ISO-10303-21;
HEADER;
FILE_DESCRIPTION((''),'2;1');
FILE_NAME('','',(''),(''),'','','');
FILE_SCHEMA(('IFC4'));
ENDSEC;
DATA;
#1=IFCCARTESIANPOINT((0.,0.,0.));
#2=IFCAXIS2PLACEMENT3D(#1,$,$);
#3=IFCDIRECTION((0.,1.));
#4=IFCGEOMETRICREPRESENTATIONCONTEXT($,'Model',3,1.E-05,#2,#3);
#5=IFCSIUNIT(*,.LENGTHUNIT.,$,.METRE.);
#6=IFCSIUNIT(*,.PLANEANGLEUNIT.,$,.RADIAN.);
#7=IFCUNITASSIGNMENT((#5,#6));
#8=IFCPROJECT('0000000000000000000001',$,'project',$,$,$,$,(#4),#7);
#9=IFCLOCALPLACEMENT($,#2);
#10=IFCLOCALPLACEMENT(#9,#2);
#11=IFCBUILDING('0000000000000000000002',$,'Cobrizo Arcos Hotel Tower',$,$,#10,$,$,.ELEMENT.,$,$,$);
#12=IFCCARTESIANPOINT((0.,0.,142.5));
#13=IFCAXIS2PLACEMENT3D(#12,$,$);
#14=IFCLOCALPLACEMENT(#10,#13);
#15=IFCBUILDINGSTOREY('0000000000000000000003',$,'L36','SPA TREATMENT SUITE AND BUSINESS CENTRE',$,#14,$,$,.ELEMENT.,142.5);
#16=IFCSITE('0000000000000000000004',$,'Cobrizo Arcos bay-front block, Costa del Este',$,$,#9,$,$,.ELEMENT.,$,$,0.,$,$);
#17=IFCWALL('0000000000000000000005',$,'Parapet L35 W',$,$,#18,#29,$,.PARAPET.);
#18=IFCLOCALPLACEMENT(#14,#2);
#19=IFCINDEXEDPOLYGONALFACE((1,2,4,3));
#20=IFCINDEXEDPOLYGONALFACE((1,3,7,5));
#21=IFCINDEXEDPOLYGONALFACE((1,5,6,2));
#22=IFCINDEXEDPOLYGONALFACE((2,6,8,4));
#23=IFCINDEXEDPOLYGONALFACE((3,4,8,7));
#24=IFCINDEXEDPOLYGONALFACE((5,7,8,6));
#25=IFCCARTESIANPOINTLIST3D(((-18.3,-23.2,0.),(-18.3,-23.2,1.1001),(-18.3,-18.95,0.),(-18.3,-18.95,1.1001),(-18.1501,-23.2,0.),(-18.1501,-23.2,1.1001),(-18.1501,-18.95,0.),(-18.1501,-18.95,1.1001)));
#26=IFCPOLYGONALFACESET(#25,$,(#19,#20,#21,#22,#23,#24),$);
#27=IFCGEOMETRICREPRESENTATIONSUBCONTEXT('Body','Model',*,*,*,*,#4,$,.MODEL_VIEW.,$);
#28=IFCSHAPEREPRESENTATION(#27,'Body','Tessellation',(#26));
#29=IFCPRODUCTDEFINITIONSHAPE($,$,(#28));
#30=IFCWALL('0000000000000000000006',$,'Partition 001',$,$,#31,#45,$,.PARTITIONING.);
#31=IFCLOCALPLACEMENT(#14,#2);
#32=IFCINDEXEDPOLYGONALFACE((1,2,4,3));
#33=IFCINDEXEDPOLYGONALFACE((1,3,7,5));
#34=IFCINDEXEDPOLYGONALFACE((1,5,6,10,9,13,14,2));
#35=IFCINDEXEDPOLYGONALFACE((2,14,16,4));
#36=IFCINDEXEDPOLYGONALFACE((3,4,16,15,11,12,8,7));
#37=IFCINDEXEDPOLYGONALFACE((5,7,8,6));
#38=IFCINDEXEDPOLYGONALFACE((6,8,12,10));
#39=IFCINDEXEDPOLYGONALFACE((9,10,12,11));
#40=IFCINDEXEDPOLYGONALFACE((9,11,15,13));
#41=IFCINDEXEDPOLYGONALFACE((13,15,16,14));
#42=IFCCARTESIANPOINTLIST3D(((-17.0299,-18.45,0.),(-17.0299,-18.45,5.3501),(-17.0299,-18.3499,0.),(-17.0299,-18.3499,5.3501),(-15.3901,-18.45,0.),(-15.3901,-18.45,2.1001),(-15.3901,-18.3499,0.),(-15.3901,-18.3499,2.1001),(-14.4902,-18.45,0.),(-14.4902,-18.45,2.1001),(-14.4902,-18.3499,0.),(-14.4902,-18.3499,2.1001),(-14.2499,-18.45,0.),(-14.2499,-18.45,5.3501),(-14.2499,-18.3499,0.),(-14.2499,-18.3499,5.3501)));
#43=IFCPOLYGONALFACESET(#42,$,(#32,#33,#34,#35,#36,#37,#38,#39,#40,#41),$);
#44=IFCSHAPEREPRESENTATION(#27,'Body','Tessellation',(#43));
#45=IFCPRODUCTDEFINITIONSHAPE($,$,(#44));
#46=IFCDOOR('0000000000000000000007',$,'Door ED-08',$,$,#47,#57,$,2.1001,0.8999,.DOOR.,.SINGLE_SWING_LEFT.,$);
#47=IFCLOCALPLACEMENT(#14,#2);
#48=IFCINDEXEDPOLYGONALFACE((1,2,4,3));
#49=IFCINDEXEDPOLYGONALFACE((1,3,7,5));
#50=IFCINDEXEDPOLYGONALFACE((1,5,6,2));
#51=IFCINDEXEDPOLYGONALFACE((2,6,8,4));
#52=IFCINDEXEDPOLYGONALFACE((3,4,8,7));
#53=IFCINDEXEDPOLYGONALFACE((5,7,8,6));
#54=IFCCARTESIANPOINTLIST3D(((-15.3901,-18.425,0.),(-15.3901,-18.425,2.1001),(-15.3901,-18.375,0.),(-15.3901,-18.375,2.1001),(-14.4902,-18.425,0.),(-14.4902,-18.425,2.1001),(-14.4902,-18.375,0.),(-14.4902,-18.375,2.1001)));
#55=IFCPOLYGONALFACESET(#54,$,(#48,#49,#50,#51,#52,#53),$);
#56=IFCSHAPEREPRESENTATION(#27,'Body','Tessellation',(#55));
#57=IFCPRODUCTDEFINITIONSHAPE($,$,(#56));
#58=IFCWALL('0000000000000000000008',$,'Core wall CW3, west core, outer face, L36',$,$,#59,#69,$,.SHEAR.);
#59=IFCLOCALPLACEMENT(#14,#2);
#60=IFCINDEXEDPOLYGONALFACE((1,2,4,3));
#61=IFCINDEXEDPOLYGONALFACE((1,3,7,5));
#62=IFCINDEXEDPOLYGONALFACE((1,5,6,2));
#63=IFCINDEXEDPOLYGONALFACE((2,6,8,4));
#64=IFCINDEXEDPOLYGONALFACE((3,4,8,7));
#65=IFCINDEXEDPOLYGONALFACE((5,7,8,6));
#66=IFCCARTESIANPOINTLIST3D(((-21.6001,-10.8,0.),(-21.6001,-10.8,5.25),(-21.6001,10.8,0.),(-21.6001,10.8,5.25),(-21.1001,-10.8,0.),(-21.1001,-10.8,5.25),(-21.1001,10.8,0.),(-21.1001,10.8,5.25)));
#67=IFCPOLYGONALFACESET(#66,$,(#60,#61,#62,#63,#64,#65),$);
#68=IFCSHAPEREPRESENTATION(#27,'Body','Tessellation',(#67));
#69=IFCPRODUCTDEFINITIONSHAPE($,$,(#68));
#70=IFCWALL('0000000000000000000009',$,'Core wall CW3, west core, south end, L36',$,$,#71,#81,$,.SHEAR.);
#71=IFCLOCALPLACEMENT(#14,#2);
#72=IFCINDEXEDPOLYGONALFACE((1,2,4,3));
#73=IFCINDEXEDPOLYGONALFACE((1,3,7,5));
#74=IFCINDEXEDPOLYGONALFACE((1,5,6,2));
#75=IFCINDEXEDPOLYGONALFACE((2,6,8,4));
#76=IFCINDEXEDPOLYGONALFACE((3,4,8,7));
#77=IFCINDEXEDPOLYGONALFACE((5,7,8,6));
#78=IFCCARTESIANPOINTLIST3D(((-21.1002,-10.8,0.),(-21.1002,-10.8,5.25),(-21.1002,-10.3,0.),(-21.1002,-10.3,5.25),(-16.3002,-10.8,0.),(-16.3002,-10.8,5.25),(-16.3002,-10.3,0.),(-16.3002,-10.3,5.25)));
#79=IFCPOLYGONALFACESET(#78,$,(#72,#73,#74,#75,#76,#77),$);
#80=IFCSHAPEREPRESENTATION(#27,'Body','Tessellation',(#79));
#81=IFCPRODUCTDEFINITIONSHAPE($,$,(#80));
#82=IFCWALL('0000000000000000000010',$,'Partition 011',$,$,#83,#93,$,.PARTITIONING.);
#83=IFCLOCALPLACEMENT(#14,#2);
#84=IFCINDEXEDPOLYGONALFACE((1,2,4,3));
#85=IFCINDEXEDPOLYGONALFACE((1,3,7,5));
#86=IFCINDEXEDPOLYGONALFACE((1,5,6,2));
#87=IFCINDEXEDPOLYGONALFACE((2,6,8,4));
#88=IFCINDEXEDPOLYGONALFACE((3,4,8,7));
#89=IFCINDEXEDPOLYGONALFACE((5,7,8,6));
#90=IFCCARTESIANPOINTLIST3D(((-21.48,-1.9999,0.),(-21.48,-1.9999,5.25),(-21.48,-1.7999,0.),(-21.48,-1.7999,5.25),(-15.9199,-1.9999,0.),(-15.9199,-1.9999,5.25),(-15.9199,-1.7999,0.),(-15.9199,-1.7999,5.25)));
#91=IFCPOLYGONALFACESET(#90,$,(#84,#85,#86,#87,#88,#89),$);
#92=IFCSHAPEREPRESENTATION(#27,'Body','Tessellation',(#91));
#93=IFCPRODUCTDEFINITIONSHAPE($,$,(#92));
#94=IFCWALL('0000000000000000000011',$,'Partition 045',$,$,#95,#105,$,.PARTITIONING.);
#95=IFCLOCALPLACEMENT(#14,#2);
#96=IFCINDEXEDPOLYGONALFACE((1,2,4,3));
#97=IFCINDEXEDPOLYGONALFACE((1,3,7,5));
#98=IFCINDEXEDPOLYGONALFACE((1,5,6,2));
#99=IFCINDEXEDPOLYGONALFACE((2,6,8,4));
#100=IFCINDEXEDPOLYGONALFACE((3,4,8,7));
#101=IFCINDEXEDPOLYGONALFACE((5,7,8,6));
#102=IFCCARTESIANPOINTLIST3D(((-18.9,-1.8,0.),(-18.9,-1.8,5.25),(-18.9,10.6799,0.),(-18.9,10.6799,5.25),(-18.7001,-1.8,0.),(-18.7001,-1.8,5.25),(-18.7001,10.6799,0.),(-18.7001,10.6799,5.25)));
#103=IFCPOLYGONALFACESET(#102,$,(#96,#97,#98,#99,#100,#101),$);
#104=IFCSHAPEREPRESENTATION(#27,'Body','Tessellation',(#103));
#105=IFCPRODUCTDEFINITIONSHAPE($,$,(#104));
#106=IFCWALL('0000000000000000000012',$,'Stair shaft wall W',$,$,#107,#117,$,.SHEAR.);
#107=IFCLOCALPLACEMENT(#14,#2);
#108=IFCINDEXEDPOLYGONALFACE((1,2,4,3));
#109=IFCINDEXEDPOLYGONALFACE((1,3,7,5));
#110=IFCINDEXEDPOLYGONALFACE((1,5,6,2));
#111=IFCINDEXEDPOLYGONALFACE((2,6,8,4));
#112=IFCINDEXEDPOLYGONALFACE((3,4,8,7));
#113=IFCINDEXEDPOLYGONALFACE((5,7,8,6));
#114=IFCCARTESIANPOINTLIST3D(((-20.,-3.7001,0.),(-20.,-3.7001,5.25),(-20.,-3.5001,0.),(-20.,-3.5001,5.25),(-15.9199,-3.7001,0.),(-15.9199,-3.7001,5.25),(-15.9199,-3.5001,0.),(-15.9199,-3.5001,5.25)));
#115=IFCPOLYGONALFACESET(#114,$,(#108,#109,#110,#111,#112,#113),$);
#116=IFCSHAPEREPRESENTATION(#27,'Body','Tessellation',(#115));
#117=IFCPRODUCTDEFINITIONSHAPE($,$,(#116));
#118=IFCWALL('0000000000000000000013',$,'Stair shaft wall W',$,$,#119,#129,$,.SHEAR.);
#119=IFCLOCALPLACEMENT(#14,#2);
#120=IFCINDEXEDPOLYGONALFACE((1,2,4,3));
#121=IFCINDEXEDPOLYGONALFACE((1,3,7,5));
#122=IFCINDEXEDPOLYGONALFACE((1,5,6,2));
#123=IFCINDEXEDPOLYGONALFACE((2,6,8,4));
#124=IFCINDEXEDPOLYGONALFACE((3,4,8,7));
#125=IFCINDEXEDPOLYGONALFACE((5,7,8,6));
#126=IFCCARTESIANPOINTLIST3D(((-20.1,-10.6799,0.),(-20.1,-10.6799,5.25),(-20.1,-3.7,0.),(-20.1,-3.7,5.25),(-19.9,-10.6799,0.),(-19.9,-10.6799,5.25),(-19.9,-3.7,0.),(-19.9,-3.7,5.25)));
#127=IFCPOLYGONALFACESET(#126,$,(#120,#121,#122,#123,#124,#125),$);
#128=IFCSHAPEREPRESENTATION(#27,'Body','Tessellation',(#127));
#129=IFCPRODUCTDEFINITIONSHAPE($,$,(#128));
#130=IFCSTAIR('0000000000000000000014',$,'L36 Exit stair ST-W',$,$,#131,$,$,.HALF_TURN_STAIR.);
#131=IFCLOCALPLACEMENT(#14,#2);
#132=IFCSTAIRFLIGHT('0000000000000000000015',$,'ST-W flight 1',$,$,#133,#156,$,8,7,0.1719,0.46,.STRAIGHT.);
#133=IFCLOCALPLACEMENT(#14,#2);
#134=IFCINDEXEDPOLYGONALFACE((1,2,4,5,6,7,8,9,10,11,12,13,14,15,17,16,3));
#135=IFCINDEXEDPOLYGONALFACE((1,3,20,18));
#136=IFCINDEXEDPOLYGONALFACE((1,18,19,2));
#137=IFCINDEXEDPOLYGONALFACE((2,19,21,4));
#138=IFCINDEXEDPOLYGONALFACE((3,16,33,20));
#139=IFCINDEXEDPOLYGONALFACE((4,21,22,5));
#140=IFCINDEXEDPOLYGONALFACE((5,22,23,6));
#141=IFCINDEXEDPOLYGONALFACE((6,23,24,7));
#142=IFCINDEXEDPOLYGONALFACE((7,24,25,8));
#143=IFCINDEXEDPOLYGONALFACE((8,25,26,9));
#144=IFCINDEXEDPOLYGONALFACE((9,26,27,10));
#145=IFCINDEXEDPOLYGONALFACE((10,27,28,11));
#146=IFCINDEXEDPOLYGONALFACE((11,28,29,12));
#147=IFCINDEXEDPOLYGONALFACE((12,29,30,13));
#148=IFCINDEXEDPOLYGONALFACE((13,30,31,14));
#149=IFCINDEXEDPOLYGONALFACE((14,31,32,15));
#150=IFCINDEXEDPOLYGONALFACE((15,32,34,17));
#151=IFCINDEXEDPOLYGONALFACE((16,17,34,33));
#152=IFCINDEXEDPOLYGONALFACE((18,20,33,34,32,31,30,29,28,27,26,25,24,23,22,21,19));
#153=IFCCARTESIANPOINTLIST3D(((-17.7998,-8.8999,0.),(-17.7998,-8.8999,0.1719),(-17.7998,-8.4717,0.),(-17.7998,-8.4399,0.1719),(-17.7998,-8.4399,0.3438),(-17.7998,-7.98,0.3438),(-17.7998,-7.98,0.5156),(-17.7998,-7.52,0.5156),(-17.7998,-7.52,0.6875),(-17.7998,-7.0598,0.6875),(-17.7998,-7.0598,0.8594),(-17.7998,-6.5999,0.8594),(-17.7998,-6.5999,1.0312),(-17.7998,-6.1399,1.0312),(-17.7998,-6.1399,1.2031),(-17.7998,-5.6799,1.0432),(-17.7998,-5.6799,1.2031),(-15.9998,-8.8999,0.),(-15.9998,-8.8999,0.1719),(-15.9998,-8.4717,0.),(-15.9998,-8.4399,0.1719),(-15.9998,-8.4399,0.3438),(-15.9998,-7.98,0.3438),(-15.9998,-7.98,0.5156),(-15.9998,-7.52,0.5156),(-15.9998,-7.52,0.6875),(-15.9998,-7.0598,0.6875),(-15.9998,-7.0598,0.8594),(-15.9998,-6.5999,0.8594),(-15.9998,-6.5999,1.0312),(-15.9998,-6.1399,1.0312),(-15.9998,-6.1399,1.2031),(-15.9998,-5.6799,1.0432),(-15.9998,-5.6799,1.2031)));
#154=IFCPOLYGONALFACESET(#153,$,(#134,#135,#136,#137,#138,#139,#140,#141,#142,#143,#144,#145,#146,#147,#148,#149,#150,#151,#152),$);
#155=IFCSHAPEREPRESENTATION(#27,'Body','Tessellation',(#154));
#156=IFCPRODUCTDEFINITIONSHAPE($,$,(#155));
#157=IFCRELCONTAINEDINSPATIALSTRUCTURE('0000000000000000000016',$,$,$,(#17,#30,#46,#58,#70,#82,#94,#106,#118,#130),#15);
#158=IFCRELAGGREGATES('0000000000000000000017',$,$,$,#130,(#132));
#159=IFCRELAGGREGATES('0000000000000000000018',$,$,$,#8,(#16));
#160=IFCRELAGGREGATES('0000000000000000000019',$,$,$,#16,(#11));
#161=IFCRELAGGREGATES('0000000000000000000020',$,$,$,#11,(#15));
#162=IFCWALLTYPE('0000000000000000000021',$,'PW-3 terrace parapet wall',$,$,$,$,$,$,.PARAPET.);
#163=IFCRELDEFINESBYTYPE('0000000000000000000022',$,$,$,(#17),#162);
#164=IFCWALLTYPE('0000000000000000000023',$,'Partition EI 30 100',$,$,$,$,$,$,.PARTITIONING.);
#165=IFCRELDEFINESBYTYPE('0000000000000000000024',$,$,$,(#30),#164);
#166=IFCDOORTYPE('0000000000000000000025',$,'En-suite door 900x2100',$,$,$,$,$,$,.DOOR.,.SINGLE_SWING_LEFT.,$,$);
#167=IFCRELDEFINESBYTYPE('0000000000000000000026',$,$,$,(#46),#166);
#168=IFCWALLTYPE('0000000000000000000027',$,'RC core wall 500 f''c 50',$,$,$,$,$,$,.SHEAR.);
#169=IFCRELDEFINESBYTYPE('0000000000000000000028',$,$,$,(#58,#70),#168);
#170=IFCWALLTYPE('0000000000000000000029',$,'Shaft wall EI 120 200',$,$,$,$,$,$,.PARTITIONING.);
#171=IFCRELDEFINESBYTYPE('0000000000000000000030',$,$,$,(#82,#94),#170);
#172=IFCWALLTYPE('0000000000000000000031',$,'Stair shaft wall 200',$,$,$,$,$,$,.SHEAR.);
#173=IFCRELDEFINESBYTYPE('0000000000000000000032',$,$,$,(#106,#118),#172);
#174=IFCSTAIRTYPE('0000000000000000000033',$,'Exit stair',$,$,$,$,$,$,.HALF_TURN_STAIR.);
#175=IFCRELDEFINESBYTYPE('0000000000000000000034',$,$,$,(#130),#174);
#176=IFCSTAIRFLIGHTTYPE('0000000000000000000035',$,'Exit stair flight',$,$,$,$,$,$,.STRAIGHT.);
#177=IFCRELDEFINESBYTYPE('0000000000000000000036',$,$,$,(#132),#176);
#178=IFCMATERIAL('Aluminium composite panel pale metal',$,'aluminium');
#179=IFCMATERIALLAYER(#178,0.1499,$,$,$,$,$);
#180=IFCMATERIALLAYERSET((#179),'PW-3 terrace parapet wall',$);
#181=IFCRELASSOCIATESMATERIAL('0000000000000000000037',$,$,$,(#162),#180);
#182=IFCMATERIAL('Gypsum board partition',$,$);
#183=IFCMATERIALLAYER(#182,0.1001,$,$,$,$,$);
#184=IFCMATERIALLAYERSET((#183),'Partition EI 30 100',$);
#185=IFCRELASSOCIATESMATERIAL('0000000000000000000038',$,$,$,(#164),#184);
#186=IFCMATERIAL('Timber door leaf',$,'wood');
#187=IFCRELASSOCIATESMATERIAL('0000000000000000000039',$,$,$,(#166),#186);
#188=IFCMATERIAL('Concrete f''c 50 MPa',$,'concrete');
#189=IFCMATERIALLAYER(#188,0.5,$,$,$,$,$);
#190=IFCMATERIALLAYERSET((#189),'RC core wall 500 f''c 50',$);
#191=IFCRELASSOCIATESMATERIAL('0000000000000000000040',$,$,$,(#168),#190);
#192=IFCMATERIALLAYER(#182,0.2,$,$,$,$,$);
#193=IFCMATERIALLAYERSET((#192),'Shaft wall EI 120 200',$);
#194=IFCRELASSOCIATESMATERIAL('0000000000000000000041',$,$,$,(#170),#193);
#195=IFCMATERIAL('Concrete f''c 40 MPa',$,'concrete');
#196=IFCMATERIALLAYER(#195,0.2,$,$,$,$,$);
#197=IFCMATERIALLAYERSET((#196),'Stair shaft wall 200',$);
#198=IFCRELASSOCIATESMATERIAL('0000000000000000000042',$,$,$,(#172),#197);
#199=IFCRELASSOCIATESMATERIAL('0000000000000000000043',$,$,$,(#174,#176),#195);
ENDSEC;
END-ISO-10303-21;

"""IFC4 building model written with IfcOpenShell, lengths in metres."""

from ifc_helpers import new_model, si_unit, direction, frame, frame_2d, origin, place, context, subcontext, project, spatial, polyline, rectangle, outline, extrude, material, layer, layer_set, type_object, element, fill, aggregate, save


model = new_model("IFC4")

# Units and contexts
model_context = context("Model", 3, precision=1e-05, world=origin(), true_north=direction((0.0, 1.0)))
body_context = subcontext(model_context, "Body", "Model", "MODEL_VIEW")
ifc_project = project(units=[si_unit("LENGTHUNIT", "METRE"), si_unit("PLANEANGLEUNIT", "RADIAN")], contexts=[model_context])

# Site, building, storey
site_placement = place(None, origin())
site = spatial("IfcSite", under=ifc_project, at=site_placement, Name="Cobrizo Arcos bay-front block, Costa del Este", CompositionType="ELEMENT", RefElevation=0.0)
building_placement = place(site_placement, origin())
building = spatial("IfcBuilding", under=site, at=building_placement, Name="Cobrizo Arcos Hotel Tower", CompositionType="ELEMENT")
storey_placement = place(building_placement, frame((0.0, 0.0, 142.5)))
storey = spatial("IfcBuildingStorey", under=building, at=storey_placement, Name="L36", Description="SPA TREATMENT SUITE AND BUSINESS CENTRE", CompositionType="ELEMENT", Elevation=142.5)

# Shared definitions
ifc_material_1 = material(Name="Aluminium composite panel pale metal", Category="aluminium")

# Wall
ifc_layer_1 = layer(ifc_material_1, 0.1499)
ifc_layer_set_1 = layer_set([ifc_layer_1], Name="PW-3 terrace parapet wall")
wall_type_1 = type_object("IfcWallType", Name="PW-3 terrace parapet wall", PredefinedType="PARAPET", material=ifc_layer_set_1)
wall_1_placement = place(storey_placement, frame((-18.2251, -18.95, 0.0), z_axis=(0.0, 0.0, 1.0), x_axis=(0.0, -1.0, 0.0)))
element("IfcWall", 1, at=wall_1_placement, inside=storey, type_object=wall_type_1, Name="Parapet L35 W", PredefinedType="PARAPET", context=body_context, shape_type="SweptSolid", body=[
    extrude(rectangle(XDim=4.25, YDim=0.1499, at=frame_2d((2.125, 0.0))), origin(), (0.0, 0.0, 1.0), 1.1001),
])

# Wall, opening, door
ifc_material_2 = material(Name="Gypsum board partition")
ifc_layer_2 = layer(ifc_material_2, 0.1001)
ifc_layer_set_2 = layer_set([ifc_layer_2], Name="Partition EI 30 100")
wall_type_2 = type_object("IfcWallType", Name="Partition EI 30 100", PredefinedType="PARTITIONING", material=ifc_layer_set_2)
wall_2_placement = place(storey_placement, frame((-17.03, -18.3999, 0.0), z_axis=(0.0, 0.0, 1.0), x_axis=(1.0, 0.0, 0.0)))
wall_2 = element("IfcWall", 2, at=wall_2_placement, inside=storey, type_object=wall_type_2, Name="Partition 001", PredefinedType="PARTITIONING", context=body_context, shape_type="SweptSolid", body=[
    extrude(rectangle(XDim=2.78, YDim=0.1001, at=frame_2d((1.3901, 0.0))), origin(), (0.0, 0.0, 1.0), 5.3501),
])
opening_placement = place(wall_2_placement, frame((1.6399, 0.0, 0.0)))
opening = element("IfcOpeningElement", 3, at=opening_placement, cuts=wall_2, PredefinedType="OPENING", context=body_context, shape_type="SweptSolid", body=[
    extrude(rectangle(XDim=0.8999, YDim=2.1001, at=frame_2d((0.45, 1.05))), frame((0.0, 0.062, 0.0), z_axis=(0.0, -1.0, 0.0), x_axis=(1.0, 0.0, 0.0)), (0.0, 0.0, 1.0), 0.124),
])
ifc_material_3 = material(Name="Timber door leaf", Category="wood")
door_type = type_object("IfcDoorType", Name="En-suite door 900x2100", OperationType="SINGLE_SWING_LEFT", PredefinedType="DOOR", material=ifc_material_3)
door_placement = place(opening_placement, origin())
door = element("IfcDoor", 4, at=door_placement, inside=storey, type_object=door_type, Name="Door ED-08", OperationType="SINGLE_SWING_LEFT", OverallHeight=2.1001, OverallWidth=0.8999, PredefinedType="DOOR", context=body_context, shape_type="SweptSolid", body=[
    extrude(rectangle(XDim=0.8999, YDim=2.1001, at=frame_2d((0.45, 1.05))), frame((0.0, 0.0249, 0.0), z_axis=(0.0, -1.0, 0.0), x_axis=(1.0, 0.0, 0.0)), (0.0, 0.0, 1.0), 0.05),
])
fill(opening, door)

# Walls
ifc_material_4 = material(Name="Concrete f'c 50 MPa", Category="concrete")
ifc_layer_3 = layer(ifc_material_4, 0.5)
ifc_layer_set_3 = layer_set([ifc_layer_3], Name="RC core wall 500 f'c 50")
wall_type_3 = type_object("IfcWallType", Name="RC core wall 500 f'c 50", PredefinedType="SHEAR", material=ifc_layer_set_3)
wall_3_placement = place(storey_placement, frame((-21.3501, -10.8, 0.0), z_axis=(0.0, 0.0, 1.0), x_axis=(0.0, 1.0, 0.0)))
element("IfcWall", 5, at=wall_3_placement, inside=storey, type_object=wall_type_3, Name="Core wall CW3, west core, outer face, L36", PredefinedType="SHEAR", context=body_context, shape_type="SweptSolid", body=[
    extrude(rectangle(XDim=21.6001, YDim=0.5, at=frame_2d((10.8, 0.0))), origin(), (0.0, 0.0, 1.0), 5.25),
])
wall_4_placement = place(storey_placement, frame((-21.1001, -10.55, 0.0), z_axis=(0.0, 0.0, 1.0), x_axis=(1.0, 0.0, 0.0)))
element("IfcWall", 6, at=wall_4_placement, inside=storey, type_object=wall_type_3, Name="Core wall CW3, west core, south end, L36", PredefinedType="SHEAR", context=body_context, shape_type="SweptSolid", body=[
    extrude(rectangle(XDim=4.8, YDim=0.5, at=frame_2d((2.3999, 0.0))), origin(), (0.0, 0.0, 1.0), 5.25),
])
ifc_layer_4 = layer(ifc_material_2, 0.2)
ifc_layer_set_4 = layer_set([ifc_layer_4], Name="Shaft wall EI 120 200")
wall_type_4 = type_object("IfcWallType", Name="Shaft wall EI 120 200", PredefinedType="PARTITIONING", material=ifc_layer_set_4)
wall_5_placement = place(storey_placement, frame((-21.48, -1.8999, 0.0), z_axis=(0.0, 0.0, 1.0), x_axis=(1.0, 0.0, 0.0)))
element("IfcWall", 7, at=wall_5_placement, inside=storey, type_object=wall_type_4, Name="Partition 011", PredefinedType="PARTITIONING", context=body_context, shape_type="SweptSolid", body=[
    extrude(rectangle(XDim=5.5601, YDim=0.2, at=frame_2d((2.78, 0.0))), origin(), (0.0, 0.0, 1.0), 5.25),
])
wall_6_placement = place(storey_placement, frame((-18.8, -1.8, 0.0), z_axis=(0.0, 0.0, 1.0), x_axis=(0.0, 1.0, 0.0)))
element("IfcWall", 8, at=wall_6_placement, inside=storey, type_object=wall_type_4, Name="Partition 045", PredefinedType="PARTITIONING", context=body_context, shape_type="SweptSolid", body=[
    extrude(rectangle(XDim=12.48, YDim=0.2, at=frame_2d((6.24, 0.0))), origin(), (0.0, 0.0, 1.0), 5.25),
])
ifc_material_5 = material(Name="Concrete f'c 40 MPa", Category="concrete")
ifc_layer_5 = layer(ifc_material_5, 0.2)
ifc_layer_set_5 = layer_set([ifc_layer_5], Name="Stair shaft wall 200")
wall_type_5 = type_object("IfcWallType", Name="Stair shaft wall 200", PredefinedType="SHEAR", material=ifc_layer_set_5)
wall_7_placement = place(storey_placement, frame((-20.0, -3.6001, 0.0), z_axis=(0.0, 0.0, 1.0), x_axis=(1.0, 0.0, 0.0)))
element("IfcWall", 9, at=wall_7_placement, inside=storey, type_object=wall_type_5, Name="Stair shaft wall W", PredefinedType="SHEAR", context=body_context, shape_type="SweptSolid", body=[
    extrude(rectangle(XDim=4.0801, YDim=0.2, at=frame_2d((2.04, 0.0))), origin(), (0.0, 0.0, 1.0), 5.25),
])
wall_8_placement = place(storey_placement, frame((-20.0, -10.6799, 0.0), z_axis=(0.0, 0.0, 1.0), x_axis=(0.0, 1.0, 0.0)))
element("IfcWall", 10, at=wall_8_placement, inside=storey, type_object=wall_type_5, Name="Stair shaft wall W", PredefinedType="SHEAR", context=body_context, shape_type="SweptSolid", body=[
    extrude(rectangle(XDim=6.98, YDim=0.2, at=frame_2d((3.49, 0.0))), origin(), (0.0, 0.0, 1.0), 5.25),
])

# Stair, stair flight
stair_type = type_object("IfcStairType", Name="Exit stair", PredefinedType="HALF_TURN_STAIR", material=ifc_material_5)
stair_placement = place(storey_placement, origin())
stair = element("IfcStair", 11, at=stair_placement, inside=storey, type_object=stair_type, Name="L36 Exit stair ST-W", PredefinedType="HALF_TURN_STAIR")
stair_flight_type = type_object("IfcStairFlightType", Name="Exit stair flight", PredefinedType="STRAIGHT", material=ifc_material_5)
stair_flight_placement = place(storey_placement, frame((-16.8999, -8.8999, 0.0), z_axis=(0.0, 0.0, 1.0), x_axis=(0.0, 1.0, 0.0)))
stair_flight = element("IfcStairFlight", 12, at=stair_flight_placement, type_object=stair_flight_type, Name="ST-W flight 1", NumberOfRisers=8, NumberOfTreads=7, PredefinedType="STRAIGHT", RiserHeight=0.1719, TreadLength=0.46, context=body_context, shape_type="SweptSolid", body=[
    extrude(outline(polyline([(0.0, 0.0), (0.0, 0.1719), (0.46, 0.1719), (0.46, 0.3438), (0.9199, 0.3438), (0.9199, 0.5156), (1.3799, 0.5156), (1.3799, 0.6875), (1.8401, 0.6875), (1.8401, 0.8594), (2.3, 0.8594), (2.3, 1.0312), (2.76, 1.0312), (2.76, 1.2031), (3.22, 1.2031), (3.22, 1.375), (3.22, 1.0432), (0.4282, 0.0), (0.0, 0.0)])), frame((0.0, 0.8999, 0.0), z_axis=(0.0, -1.0, 0.0), x_axis=(1.0, 0.0, 0.0)), (0.0, 0.0, 1.0), 1.8),
])
aggregate(stair, [stair_flight])

save(model, "model.ifc")
